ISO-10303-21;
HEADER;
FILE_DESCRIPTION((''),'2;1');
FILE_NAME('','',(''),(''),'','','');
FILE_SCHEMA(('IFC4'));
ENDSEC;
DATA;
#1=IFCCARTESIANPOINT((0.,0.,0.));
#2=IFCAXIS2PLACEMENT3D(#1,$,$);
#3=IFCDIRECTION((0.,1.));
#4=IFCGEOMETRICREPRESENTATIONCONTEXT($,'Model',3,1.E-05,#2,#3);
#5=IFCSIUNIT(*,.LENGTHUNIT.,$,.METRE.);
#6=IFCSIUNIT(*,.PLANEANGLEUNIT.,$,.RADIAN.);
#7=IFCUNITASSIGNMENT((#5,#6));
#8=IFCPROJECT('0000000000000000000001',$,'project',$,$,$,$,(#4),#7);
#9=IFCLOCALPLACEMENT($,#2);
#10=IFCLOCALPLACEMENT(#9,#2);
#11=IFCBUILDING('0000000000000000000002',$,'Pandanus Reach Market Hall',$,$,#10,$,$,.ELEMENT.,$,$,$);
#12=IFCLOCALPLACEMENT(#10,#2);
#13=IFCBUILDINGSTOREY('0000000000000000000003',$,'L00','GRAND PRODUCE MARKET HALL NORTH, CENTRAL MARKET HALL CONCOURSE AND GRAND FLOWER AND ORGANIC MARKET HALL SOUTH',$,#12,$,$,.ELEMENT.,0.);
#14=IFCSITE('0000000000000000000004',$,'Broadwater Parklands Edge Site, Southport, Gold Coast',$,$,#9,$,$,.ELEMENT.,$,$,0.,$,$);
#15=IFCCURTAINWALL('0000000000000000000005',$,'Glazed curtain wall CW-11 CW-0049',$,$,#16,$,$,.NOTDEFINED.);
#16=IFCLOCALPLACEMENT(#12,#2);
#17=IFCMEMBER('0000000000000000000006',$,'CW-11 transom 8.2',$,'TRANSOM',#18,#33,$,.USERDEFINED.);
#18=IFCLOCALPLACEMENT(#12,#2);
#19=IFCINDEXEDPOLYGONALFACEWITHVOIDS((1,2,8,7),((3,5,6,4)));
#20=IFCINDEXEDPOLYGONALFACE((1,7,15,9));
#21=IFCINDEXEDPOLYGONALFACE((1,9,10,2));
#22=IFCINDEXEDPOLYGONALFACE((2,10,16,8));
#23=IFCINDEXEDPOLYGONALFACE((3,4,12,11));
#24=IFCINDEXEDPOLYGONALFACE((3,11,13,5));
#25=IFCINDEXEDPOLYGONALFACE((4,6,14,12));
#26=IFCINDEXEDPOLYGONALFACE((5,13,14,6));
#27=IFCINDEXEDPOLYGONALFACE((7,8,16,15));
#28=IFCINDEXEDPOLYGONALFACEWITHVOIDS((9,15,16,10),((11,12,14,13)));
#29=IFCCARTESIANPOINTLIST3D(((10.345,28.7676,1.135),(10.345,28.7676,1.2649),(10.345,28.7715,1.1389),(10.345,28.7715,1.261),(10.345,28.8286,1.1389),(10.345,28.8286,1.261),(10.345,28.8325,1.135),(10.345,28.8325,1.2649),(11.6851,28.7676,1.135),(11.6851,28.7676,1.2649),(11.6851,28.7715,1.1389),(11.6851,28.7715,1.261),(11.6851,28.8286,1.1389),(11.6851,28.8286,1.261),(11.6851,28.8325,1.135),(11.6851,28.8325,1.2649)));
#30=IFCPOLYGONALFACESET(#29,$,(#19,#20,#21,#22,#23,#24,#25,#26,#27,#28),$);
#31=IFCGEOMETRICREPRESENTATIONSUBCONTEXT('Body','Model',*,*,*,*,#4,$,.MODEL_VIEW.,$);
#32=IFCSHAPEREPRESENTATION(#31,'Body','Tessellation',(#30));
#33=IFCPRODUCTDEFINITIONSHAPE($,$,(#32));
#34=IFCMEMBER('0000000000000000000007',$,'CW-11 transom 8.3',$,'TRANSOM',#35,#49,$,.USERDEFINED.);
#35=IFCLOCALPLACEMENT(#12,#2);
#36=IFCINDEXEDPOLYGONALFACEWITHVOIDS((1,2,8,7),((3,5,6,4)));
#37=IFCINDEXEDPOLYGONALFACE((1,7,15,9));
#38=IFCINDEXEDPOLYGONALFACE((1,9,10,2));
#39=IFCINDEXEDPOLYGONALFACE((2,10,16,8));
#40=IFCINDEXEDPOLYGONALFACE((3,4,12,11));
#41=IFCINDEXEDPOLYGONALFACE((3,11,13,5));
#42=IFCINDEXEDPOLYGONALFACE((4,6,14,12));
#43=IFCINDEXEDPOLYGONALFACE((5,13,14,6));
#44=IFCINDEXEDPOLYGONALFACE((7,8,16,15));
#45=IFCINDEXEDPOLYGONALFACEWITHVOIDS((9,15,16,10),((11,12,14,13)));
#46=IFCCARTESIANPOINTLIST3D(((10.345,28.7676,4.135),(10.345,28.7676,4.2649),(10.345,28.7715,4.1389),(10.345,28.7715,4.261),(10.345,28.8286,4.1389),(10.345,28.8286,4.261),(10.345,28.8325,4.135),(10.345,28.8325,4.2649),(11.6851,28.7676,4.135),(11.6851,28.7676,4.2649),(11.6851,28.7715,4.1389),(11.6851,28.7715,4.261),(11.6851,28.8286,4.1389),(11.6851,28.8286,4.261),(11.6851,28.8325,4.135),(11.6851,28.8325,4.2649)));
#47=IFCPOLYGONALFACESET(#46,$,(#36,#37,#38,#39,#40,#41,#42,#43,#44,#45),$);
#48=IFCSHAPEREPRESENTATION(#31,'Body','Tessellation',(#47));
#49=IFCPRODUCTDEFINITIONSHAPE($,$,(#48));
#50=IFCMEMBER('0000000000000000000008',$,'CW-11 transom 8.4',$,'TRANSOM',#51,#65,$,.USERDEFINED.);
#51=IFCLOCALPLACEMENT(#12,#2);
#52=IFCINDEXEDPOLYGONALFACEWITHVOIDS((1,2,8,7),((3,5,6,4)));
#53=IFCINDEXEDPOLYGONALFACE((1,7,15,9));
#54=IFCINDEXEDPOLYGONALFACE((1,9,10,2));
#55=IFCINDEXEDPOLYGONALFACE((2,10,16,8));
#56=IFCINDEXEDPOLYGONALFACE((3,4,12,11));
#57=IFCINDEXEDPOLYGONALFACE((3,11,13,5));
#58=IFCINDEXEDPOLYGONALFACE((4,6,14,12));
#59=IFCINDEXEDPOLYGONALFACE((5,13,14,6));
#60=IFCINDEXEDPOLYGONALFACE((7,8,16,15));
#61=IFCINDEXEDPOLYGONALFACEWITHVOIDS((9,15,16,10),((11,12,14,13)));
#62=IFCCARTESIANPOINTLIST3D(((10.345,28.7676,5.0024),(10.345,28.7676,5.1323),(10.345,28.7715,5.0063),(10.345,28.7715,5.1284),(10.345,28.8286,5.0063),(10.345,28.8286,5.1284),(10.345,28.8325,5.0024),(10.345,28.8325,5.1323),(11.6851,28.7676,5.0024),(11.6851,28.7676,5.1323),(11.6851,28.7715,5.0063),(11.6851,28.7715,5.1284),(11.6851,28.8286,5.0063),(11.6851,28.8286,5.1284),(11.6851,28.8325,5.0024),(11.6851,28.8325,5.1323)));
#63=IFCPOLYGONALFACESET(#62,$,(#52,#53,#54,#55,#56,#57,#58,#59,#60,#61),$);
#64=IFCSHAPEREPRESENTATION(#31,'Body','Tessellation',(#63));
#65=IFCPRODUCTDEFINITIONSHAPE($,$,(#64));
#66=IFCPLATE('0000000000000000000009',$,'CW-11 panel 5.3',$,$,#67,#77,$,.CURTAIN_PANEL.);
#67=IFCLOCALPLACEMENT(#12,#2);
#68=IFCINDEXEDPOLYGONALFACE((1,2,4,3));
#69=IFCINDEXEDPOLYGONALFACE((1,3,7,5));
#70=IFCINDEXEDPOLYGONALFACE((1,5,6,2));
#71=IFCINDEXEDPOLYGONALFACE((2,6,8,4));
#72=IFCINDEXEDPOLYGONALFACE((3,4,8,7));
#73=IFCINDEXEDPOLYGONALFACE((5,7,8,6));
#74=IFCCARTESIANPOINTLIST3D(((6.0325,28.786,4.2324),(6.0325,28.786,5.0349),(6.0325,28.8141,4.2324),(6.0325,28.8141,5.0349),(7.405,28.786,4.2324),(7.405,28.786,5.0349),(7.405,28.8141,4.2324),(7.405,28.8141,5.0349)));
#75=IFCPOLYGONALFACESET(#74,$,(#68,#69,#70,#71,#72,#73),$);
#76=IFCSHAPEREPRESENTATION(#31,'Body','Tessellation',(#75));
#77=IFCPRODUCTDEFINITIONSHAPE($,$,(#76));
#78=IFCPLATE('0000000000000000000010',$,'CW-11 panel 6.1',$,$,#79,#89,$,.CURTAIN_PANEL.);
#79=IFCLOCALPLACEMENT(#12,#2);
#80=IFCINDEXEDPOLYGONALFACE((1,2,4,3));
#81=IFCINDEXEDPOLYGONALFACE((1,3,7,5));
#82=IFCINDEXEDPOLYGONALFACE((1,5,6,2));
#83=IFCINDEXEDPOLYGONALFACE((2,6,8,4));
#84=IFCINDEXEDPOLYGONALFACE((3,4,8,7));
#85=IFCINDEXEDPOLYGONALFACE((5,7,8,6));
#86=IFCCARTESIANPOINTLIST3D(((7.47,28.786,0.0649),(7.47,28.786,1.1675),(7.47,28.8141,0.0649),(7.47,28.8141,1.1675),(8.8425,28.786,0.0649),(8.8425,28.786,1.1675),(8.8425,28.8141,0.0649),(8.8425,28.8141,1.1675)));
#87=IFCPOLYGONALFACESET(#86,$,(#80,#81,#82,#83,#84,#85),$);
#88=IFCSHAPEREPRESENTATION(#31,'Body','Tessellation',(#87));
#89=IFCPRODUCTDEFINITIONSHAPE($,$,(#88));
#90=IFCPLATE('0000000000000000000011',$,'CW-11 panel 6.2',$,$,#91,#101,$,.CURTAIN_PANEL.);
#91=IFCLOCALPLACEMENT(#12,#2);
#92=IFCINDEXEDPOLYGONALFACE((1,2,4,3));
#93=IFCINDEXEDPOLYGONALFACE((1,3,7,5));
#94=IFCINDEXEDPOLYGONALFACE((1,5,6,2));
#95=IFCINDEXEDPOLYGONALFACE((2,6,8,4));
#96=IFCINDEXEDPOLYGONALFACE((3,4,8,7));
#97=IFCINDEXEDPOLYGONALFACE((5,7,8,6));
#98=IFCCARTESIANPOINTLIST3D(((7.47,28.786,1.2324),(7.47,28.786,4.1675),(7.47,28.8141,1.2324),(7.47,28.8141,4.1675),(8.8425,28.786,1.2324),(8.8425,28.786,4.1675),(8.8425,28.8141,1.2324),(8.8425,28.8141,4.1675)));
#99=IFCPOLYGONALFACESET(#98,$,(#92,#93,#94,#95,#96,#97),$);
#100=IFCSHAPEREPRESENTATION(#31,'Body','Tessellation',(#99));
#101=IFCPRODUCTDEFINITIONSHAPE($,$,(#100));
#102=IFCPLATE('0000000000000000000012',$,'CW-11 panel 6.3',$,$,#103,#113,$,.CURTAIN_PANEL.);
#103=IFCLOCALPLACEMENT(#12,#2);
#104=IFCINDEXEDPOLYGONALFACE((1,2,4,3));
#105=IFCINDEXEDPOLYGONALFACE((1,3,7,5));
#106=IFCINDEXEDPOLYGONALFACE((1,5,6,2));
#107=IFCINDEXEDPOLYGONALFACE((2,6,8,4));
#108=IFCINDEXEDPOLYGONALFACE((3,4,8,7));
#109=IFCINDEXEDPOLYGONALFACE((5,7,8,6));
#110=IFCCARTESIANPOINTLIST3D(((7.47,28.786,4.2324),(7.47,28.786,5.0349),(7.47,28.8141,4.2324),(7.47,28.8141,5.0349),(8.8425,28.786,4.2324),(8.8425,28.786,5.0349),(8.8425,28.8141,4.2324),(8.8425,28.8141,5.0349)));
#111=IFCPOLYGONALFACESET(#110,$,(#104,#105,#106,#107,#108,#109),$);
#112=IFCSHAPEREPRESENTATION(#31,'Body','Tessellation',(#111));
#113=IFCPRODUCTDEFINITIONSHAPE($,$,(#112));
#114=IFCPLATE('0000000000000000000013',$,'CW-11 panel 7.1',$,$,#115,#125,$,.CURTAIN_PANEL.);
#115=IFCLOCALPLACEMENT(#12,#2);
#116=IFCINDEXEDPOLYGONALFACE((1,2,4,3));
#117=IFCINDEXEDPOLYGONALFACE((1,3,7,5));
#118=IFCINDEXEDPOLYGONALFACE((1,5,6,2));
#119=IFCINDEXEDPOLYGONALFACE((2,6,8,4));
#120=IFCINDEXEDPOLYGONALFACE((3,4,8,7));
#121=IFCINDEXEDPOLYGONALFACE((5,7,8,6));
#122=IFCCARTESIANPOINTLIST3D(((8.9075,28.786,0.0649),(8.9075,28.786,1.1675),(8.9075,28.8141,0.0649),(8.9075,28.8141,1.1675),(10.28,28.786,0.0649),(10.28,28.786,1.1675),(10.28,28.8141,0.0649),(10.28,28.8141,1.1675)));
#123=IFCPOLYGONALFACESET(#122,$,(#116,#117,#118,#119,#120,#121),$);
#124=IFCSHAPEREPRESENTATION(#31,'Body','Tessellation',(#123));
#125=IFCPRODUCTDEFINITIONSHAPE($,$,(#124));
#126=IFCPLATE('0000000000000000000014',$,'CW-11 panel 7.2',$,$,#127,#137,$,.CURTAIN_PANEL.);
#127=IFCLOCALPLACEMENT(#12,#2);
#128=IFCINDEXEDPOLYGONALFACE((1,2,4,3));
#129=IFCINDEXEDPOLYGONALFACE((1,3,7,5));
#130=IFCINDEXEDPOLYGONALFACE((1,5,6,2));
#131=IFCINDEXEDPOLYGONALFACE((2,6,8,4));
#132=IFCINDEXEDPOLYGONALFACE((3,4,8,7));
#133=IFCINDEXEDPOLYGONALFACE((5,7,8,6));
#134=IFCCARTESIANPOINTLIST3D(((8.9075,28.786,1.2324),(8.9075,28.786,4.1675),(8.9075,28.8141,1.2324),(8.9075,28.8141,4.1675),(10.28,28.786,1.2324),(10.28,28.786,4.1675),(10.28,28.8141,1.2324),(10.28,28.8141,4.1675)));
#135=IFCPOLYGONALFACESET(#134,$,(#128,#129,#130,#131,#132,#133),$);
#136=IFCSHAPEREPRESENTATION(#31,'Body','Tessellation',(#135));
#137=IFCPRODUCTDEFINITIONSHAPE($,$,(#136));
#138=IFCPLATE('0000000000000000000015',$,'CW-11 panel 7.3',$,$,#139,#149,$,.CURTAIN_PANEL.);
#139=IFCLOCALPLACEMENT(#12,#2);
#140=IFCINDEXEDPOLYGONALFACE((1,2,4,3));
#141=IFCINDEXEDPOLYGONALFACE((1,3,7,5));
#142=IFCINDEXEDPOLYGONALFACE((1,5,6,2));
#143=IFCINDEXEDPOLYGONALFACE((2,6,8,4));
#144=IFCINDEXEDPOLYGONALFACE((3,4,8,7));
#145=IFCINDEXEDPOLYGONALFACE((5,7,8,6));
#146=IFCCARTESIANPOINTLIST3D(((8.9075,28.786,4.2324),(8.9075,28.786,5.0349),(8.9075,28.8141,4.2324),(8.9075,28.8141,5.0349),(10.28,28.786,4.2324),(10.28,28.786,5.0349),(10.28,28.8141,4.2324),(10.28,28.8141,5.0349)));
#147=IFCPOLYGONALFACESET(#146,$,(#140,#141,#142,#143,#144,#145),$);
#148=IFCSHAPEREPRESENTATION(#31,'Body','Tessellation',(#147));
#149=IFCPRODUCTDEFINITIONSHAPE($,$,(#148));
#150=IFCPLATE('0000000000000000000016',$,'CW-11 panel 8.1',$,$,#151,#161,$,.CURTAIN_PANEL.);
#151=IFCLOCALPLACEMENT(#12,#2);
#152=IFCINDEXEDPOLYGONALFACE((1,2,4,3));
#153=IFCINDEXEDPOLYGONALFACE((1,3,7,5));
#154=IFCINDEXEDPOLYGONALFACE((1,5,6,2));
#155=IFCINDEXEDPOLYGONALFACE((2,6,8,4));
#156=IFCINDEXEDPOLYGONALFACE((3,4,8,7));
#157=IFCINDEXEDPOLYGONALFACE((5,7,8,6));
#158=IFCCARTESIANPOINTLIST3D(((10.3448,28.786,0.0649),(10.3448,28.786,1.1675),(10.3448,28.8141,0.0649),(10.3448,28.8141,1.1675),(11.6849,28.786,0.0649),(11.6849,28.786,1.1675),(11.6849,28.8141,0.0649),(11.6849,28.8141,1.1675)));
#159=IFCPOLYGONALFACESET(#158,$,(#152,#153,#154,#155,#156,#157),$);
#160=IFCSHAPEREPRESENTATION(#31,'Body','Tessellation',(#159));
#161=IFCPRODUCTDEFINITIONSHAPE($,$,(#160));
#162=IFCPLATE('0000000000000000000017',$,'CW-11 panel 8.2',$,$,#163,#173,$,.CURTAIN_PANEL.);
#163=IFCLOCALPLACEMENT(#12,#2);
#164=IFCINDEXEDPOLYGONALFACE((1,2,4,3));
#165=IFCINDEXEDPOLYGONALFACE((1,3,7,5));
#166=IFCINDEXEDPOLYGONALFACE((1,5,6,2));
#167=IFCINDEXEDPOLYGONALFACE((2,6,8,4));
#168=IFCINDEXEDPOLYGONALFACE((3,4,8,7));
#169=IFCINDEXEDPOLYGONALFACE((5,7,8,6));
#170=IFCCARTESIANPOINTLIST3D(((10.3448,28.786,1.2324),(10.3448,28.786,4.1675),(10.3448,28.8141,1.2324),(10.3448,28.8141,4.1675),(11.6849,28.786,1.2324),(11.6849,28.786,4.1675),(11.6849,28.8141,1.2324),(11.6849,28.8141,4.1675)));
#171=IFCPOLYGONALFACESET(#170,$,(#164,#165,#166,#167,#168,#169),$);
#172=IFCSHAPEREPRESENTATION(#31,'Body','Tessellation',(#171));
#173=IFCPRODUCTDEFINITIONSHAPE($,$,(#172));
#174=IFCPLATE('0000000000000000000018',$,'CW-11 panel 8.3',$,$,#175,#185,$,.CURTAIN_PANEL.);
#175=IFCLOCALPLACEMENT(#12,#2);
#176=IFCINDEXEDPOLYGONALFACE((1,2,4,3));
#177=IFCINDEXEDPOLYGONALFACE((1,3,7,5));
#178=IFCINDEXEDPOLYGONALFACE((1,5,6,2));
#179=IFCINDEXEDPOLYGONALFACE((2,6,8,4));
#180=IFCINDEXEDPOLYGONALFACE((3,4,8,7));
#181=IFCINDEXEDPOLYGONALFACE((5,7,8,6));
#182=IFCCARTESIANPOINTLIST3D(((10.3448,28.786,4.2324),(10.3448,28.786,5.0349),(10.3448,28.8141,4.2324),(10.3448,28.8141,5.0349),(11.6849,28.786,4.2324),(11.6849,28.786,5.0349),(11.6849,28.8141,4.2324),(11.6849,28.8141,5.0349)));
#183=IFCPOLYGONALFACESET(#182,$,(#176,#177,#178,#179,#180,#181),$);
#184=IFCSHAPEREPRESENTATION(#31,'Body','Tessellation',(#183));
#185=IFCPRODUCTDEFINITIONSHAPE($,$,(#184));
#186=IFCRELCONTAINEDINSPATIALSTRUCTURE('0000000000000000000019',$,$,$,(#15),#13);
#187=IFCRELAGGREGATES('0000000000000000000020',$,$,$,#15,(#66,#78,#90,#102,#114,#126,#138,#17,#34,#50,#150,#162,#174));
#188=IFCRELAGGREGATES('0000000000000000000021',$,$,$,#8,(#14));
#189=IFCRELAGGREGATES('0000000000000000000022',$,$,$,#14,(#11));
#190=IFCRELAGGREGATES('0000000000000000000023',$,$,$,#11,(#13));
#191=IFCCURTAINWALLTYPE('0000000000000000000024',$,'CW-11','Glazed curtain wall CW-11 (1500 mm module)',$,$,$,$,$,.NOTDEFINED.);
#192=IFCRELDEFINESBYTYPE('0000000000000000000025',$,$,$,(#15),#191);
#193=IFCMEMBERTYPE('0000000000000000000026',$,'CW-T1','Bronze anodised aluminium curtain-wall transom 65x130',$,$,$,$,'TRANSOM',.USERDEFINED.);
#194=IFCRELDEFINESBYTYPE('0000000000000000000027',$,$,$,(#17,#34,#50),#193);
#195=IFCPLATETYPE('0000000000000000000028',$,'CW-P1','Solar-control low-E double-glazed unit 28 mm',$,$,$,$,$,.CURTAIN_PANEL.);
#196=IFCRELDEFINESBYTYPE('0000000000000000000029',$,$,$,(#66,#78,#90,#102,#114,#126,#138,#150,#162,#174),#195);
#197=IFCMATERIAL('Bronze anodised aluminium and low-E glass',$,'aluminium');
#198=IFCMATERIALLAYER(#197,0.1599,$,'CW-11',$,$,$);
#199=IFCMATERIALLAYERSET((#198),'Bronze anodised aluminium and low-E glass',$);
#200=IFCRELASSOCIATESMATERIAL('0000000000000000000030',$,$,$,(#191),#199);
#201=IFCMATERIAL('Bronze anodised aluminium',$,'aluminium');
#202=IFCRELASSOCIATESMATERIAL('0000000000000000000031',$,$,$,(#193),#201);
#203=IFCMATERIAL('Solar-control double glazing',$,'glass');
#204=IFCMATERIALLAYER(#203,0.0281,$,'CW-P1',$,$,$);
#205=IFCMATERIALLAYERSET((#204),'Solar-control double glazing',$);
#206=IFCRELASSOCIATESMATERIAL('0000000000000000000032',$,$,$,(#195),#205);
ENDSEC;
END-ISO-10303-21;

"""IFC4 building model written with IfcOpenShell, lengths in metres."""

from ifc_helpers import new_model, si_unit, direction, frame, origin, origin_2d, place, context, subcontext, project, spatial, rectangle, hollow_rectangle, extrude, material, layer, layer_set, material_profile, profile_set, type_object, element, aggregate, save


model = new_model("IFC4")

# Units and contexts
model_context = context("Model", 3, precision=1e-05, world=origin(), true_north=direction((0.0, 1.0)))
body_context = subcontext(model_context, "Body", "Model", "MODEL_VIEW")
ifc_project = project(units=[si_unit("LENGTHUNIT", "METRE"), si_unit("PLANEANGLEUNIT", "RADIAN")], contexts=[model_context])

# Site, building, storey
site_placement = place(None, origin())
site = spatial("IfcSite", under=ifc_project, at=site_placement, Name="Broadwater Parklands Edge Site, Southport, Gold Coast", CompositionType="ELEMENT", RefElevation=0.0)
building_placement = place(site_placement, origin())
building = spatial("IfcBuilding", under=site, at=building_placement, Name="Pandanus Reach Market Hall", CompositionType="ELEMENT")
storey_placement = place(building_placement, origin())
storey = spatial("IfcBuildingStorey", under=building, at=storey_placement, Name="L00", Description="GRAND PRODUCE MARKET HALL NORTH, CENTRAL MARKET HALL CONCOURSE AND GRAND FLOWER AND ORGANIC MARKET HALL SOUTH", CompositionType="ELEMENT", Elevation=0.0)

# Curtain wall, members, plates
ifc_material_1 = material(Name="Bronze anodised aluminium and low-E glass", Category="aluminium")
ifc_layer_1 = layer(ifc_material_1, 0.1599, Name="CW-11")
ifc_layer_set_1 = layer_set([ifc_layer_1], Name="Bronze anodised aluminium and low-E glass")
curtain_wall_type = type_object("IfcCurtainWallType", Name="CW-11", Description="Glazed curtain wall CW-11 (1500 mm module)", PredefinedType="NOTDEFINED", material=ifc_layer_set_1)
curtain_wall_placement = place(storey_placement, origin())
curtain_wall = element("IfcCurtainWall", 1, at=curtain_wall_placement, inside=storey, type_object=curtain_wall_type, Name="Glazed curtain wall CW-11 CW-0049", PredefinedType="NOTDEFINED")
ifc_material_2 = material(Name="Bronze anodised aluminium", Category="aluminium")
ifc_material_profile_1 = material_profile(ifc_material_2, hollow_rectangle(XDim=0.0649, YDim=0.1299, WallThickness=0.0039, at=origin_2d()), Name="ALU65x130", Category="LoadBearing")
ifc_profile_set_1 = profile_set([ifc_material_profile_1], Name="Bronze anodised aluminium")
member_type_1 = type_object("IfcMemberType", Name="CW-T1", Description="Bronze anodised aluminium curtain-wall transom 65x130", ElementType="TRANSOM", PredefinedType="USERDEFINED", material=ifc_profile_set_1)
member_1_placement = place(storey_placement, frame((10.345, 28.8, 1.2), z_axis=(1.0, 0.0, 0.0), x_axis=(0.0, 1.0, 0.0)))
member_1 = element("IfcMember", 2, at=member_1_placement, type_object=member_type_1, Name="CW-11 transom 8.2", ObjectType="TRANSOM", PredefinedType="USERDEFINED", context=body_context, shape_type="SweptSolid", body=[
    extrude(hollow_rectangle(XDim=0.0649, YDim=0.1299, WallThickness=0.0039, at=origin_2d()), origin(), (0.0, 0.0, 1.0), 1.3401),
])
member_2_placement = place(storey_placement, frame((10.345, 28.8, 4.2), z_axis=(1.0, 0.0, 0.0), x_axis=(0.0, 1.0, 0.0)))
member_2 = element("IfcMember", 3, at=member_2_placement, type_object=member_type_1, Name="CW-11 transom 8.3", ObjectType="TRANSOM", PredefinedType="USERDEFINED", context=body_context, shape_type="SweptSolid", body=[
    extrude(hollow_rectangle(XDim=0.0649, YDim=0.1299, WallThickness=0.0039, at=origin_2d()), origin(), (0.0, 0.0, 1.0), 1.3401),
])
member_3_placement = place(storey_placement, frame((10.345, 28.8, 5.0674), z_axis=(1.0, 0.0, 0.0), x_axis=(0.0, 1.0, 0.0)))
member_3 = element("IfcMember", 4, at=member_3_placement, type_object=member_type_1, Name="CW-11 transom 8.4", ObjectType="TRANSOM", PredefinedType="USERDEFINED", context=body_context, shape_type="SweptSolid", body=[
    extrude(hollow_rectangle(XDim=0.0649, YDim=0.1299, WallThickness=0.0039, at=origin_2d()), origin(), (0.0, 0.0, 1.0), 1.3401),
])
ifc_material_3 = material(Name="Solar-control double glazing", Category="glass")
ifc_layer_2 = layer(ifc_material_3, 0.0281, Name="CW-P1")
ifc_layer_set_2 = layer_set([ifc_layer_2], Name="Solar-control double glazing")
plate_type = type_object("IfcPlateType", Name="CW-P1", Description="Solar-control low-E double-glazed unit 28 mm", PredefinedType="CURTAIN_PANEL", material=ifc_layer_set_2)
plate_1_placement = place(storey_placement, frame((6.7188, 28.8, 4.2324), z_axis=(0.0, 0.0, 1.0), x_axis=(1.0, 0.0, 0.0)))
plate_1 = element("IfcPlate", 5, at=plate_1_placement, type_object=plate_type, Name="CW-11 panel 5.3", PredefinedType="CURTAIN_PANEL", context=body_context, shape_type="SweptSolid", body=[
    extrude(rectangle(XDim=1.3726, YDim=0.0281, at=origin_2d()), origin(), (0.0, 0.0, 1.0), 0.8025),
])
plate_2_placement = place(storey_placement, frame((8.1562, 28.8, 0.0649), z_axis=(0.0, 0.0, 1.0), x_axis=(1.0, 0.0, 0.0)))
plate_2 = element("IfcPlate", 6, at=plate_2_placement, type_object=plate_type, Name="CW-11 panel 6.1", PredefinedType="CURTAIN_PANEL", context=body_context, shape_type="SweptSolid", body=[
    extrude(rectangle(XDim=1.3726, YDim=0.0281, at=origin_2d()), origin(), (0.0, 0.0, 1.0), 1.1025),
])
plate_3_placement = place(storey_placement, frame((8.1562, 28.8, 1.2324), z_axis=(0.0, 0.0, 1.0), x_axis=(1.0, 0.0, 0.0)))
plate_3 = element("IfcPlate", 7, at=plate_3_placement, type_object=plate_type, Name="CW-11 panel 6.2", PredefinedType="CURTAIN_PANEL", context=body_context, shape_type="SweptSolid", body=[
    extrude(rectangle(XDim=1.3726, YDim=0.0281, at=origin_2d()), origin(), (0.0, 0.0, 1.0), 2.9351),
])
plate_4_placement = place(storey_placement, frame((8.1562, 28.8, 4.2324), z_axis=(0.0, 0.0, 1.0), x_axis=(1.0, 0.0, 0.0)))
plate_4 = element("IfcPlate", 8, at=plate_4_placement, type_object=plate_type, Name="CW-11 panel 6.3", PredefinedType="CURTAIN_PANEL", context=body_context, shape_type="SweptSolid", body=[
    extrude(rectangle(XDim=1.3726, YDim=0.0281, at=origin_2d()), origin(), (0.0, 0.0, 1.0), 0.8025),
])
plate_5_placement = place(storey_placement, frame((9.5938, 28.8, 0.0649), z_axis=(0.0, 0.0, 1.0), x_axis=(1.0, 0.0, 0.0)))
plate_5 = element("IfcPlate", 9, at=plate_5_placement, type_object=plate_type, Name="CW-11 panel 7.1", PredefinedType="CURTAIN_PANEL", context=body_context, shape_type="SweptSolid", body=[
    extrude(rectangle(XDim=1.3726, YDim=0.0281, at=origin_2d()), origin(), (0.0, 0.0, 1.0), 1.1025),
])
plate_6_placement = place(storey_placement, frame((9.5938, 28.8, 1.2324), z_axis=(0.0, 0.0, 1.0), x_axis=(1.0, 0.0, 0.0)))
plate_6 = element("IfcPlate", 10, at=plate_6_placement, type_object=plate_type, Name="CW-11 panel 7.2", PredefinedType="CURTAIN_PANEL", context=body_context, shape_type="SweptSolid", body=[
    extrude(rectangle(XDim=1.3726, YDim=0.0281, at=origin_2d()), origin(), (0.0, 0.0, 1.0), 2.9351),
])
plate_7_placement = place(storey_placement, frame((9.5938, 28.8, 4.2324), z_axis=(0.0, 0.0, 1.0), x_axis=(1.0, 0.0, 0.0)))
plate_7 = element("IfcPlate", 11, at=plate_7_placement, type_object=plate_type, Name="CW-11 panel 7.3", PredefinedType="CURTAIN_PANEL", context=body_context, shape_type="SweptSolid", body=[
    extrude(rectangle(XDim=1.3726, YDim=0.0281, at=origin_2d()), origin(), (0.0, 0.0, 1.0), 0.8025),
])
plate_8_placement = place(storey_placement, frame((11.0149, 28.8, 0.0649), z_axis=(0.0, 0.0, 1.0), x_axis=(1.0, 0.0, 0.0)))
plate_8 = element("IfcPlate", 12, at=plate_8_placement, type_object=plate_type, Name="CW-11 panel 8.1", PredefinedType="CURTAIN_PANEL", context=body_context, shape_type="SweptSolid", body=[
    extrude(rectangle(XDim=1.3401, YDim=0.0281, at=origin_2d()), origin(), (0.0, 0.0, 1.0), 1.1025),
])
plate_9_placement = place(storey_placement, frame((11.0149, 28.8, 1.2324), z_axis=(0.0, 0.0, 1.0), x_axis=(1.0, 0.0, 0.0)))
plate_9 = element("IfcPlate", 13, at=plate_9_placement, type_object=plate_type, Name="CW-11 panel 8.2", PredefinedType="CURTAIN_PANEL", context=body_context, shape_type="SweptSolid", body=[
    extrude(rectangle(XDim=1.3401, YDim=0.0281, at=origin_2d()), origin(), (0.0, 0.0, 1.0), 2.9351),
])
plate_10_placement = place(storey_placement, frame((11.0149, 28.8, 4.2324), z_axis=(0.0, 0.0, 1.0), x_axis=(1.0, 0.0, 0.0)))
plate_10 = element("IfcPlate", 14, at=plate_10_placement, type_object=plate_type, Name="CW-11 panel 8.3", PredefinedType="CURTAIN_PANEL", context=body_context, shape_type="SweptSolid", body=[
    extrude(rectangle(XDim=1.3401, YDim=0.0281, at=origin_2d()), origin(), (0.0, 0.0, 1.0), 0.8025),
])
aggregate(curtain_wall, [plate_1, plate_2, plate_3, plate_4, plate_5, plate_6, plate_7, member_1, member_2, member_3, plate_8, plate_9, plate_10])

save(model, "model.ifc")
